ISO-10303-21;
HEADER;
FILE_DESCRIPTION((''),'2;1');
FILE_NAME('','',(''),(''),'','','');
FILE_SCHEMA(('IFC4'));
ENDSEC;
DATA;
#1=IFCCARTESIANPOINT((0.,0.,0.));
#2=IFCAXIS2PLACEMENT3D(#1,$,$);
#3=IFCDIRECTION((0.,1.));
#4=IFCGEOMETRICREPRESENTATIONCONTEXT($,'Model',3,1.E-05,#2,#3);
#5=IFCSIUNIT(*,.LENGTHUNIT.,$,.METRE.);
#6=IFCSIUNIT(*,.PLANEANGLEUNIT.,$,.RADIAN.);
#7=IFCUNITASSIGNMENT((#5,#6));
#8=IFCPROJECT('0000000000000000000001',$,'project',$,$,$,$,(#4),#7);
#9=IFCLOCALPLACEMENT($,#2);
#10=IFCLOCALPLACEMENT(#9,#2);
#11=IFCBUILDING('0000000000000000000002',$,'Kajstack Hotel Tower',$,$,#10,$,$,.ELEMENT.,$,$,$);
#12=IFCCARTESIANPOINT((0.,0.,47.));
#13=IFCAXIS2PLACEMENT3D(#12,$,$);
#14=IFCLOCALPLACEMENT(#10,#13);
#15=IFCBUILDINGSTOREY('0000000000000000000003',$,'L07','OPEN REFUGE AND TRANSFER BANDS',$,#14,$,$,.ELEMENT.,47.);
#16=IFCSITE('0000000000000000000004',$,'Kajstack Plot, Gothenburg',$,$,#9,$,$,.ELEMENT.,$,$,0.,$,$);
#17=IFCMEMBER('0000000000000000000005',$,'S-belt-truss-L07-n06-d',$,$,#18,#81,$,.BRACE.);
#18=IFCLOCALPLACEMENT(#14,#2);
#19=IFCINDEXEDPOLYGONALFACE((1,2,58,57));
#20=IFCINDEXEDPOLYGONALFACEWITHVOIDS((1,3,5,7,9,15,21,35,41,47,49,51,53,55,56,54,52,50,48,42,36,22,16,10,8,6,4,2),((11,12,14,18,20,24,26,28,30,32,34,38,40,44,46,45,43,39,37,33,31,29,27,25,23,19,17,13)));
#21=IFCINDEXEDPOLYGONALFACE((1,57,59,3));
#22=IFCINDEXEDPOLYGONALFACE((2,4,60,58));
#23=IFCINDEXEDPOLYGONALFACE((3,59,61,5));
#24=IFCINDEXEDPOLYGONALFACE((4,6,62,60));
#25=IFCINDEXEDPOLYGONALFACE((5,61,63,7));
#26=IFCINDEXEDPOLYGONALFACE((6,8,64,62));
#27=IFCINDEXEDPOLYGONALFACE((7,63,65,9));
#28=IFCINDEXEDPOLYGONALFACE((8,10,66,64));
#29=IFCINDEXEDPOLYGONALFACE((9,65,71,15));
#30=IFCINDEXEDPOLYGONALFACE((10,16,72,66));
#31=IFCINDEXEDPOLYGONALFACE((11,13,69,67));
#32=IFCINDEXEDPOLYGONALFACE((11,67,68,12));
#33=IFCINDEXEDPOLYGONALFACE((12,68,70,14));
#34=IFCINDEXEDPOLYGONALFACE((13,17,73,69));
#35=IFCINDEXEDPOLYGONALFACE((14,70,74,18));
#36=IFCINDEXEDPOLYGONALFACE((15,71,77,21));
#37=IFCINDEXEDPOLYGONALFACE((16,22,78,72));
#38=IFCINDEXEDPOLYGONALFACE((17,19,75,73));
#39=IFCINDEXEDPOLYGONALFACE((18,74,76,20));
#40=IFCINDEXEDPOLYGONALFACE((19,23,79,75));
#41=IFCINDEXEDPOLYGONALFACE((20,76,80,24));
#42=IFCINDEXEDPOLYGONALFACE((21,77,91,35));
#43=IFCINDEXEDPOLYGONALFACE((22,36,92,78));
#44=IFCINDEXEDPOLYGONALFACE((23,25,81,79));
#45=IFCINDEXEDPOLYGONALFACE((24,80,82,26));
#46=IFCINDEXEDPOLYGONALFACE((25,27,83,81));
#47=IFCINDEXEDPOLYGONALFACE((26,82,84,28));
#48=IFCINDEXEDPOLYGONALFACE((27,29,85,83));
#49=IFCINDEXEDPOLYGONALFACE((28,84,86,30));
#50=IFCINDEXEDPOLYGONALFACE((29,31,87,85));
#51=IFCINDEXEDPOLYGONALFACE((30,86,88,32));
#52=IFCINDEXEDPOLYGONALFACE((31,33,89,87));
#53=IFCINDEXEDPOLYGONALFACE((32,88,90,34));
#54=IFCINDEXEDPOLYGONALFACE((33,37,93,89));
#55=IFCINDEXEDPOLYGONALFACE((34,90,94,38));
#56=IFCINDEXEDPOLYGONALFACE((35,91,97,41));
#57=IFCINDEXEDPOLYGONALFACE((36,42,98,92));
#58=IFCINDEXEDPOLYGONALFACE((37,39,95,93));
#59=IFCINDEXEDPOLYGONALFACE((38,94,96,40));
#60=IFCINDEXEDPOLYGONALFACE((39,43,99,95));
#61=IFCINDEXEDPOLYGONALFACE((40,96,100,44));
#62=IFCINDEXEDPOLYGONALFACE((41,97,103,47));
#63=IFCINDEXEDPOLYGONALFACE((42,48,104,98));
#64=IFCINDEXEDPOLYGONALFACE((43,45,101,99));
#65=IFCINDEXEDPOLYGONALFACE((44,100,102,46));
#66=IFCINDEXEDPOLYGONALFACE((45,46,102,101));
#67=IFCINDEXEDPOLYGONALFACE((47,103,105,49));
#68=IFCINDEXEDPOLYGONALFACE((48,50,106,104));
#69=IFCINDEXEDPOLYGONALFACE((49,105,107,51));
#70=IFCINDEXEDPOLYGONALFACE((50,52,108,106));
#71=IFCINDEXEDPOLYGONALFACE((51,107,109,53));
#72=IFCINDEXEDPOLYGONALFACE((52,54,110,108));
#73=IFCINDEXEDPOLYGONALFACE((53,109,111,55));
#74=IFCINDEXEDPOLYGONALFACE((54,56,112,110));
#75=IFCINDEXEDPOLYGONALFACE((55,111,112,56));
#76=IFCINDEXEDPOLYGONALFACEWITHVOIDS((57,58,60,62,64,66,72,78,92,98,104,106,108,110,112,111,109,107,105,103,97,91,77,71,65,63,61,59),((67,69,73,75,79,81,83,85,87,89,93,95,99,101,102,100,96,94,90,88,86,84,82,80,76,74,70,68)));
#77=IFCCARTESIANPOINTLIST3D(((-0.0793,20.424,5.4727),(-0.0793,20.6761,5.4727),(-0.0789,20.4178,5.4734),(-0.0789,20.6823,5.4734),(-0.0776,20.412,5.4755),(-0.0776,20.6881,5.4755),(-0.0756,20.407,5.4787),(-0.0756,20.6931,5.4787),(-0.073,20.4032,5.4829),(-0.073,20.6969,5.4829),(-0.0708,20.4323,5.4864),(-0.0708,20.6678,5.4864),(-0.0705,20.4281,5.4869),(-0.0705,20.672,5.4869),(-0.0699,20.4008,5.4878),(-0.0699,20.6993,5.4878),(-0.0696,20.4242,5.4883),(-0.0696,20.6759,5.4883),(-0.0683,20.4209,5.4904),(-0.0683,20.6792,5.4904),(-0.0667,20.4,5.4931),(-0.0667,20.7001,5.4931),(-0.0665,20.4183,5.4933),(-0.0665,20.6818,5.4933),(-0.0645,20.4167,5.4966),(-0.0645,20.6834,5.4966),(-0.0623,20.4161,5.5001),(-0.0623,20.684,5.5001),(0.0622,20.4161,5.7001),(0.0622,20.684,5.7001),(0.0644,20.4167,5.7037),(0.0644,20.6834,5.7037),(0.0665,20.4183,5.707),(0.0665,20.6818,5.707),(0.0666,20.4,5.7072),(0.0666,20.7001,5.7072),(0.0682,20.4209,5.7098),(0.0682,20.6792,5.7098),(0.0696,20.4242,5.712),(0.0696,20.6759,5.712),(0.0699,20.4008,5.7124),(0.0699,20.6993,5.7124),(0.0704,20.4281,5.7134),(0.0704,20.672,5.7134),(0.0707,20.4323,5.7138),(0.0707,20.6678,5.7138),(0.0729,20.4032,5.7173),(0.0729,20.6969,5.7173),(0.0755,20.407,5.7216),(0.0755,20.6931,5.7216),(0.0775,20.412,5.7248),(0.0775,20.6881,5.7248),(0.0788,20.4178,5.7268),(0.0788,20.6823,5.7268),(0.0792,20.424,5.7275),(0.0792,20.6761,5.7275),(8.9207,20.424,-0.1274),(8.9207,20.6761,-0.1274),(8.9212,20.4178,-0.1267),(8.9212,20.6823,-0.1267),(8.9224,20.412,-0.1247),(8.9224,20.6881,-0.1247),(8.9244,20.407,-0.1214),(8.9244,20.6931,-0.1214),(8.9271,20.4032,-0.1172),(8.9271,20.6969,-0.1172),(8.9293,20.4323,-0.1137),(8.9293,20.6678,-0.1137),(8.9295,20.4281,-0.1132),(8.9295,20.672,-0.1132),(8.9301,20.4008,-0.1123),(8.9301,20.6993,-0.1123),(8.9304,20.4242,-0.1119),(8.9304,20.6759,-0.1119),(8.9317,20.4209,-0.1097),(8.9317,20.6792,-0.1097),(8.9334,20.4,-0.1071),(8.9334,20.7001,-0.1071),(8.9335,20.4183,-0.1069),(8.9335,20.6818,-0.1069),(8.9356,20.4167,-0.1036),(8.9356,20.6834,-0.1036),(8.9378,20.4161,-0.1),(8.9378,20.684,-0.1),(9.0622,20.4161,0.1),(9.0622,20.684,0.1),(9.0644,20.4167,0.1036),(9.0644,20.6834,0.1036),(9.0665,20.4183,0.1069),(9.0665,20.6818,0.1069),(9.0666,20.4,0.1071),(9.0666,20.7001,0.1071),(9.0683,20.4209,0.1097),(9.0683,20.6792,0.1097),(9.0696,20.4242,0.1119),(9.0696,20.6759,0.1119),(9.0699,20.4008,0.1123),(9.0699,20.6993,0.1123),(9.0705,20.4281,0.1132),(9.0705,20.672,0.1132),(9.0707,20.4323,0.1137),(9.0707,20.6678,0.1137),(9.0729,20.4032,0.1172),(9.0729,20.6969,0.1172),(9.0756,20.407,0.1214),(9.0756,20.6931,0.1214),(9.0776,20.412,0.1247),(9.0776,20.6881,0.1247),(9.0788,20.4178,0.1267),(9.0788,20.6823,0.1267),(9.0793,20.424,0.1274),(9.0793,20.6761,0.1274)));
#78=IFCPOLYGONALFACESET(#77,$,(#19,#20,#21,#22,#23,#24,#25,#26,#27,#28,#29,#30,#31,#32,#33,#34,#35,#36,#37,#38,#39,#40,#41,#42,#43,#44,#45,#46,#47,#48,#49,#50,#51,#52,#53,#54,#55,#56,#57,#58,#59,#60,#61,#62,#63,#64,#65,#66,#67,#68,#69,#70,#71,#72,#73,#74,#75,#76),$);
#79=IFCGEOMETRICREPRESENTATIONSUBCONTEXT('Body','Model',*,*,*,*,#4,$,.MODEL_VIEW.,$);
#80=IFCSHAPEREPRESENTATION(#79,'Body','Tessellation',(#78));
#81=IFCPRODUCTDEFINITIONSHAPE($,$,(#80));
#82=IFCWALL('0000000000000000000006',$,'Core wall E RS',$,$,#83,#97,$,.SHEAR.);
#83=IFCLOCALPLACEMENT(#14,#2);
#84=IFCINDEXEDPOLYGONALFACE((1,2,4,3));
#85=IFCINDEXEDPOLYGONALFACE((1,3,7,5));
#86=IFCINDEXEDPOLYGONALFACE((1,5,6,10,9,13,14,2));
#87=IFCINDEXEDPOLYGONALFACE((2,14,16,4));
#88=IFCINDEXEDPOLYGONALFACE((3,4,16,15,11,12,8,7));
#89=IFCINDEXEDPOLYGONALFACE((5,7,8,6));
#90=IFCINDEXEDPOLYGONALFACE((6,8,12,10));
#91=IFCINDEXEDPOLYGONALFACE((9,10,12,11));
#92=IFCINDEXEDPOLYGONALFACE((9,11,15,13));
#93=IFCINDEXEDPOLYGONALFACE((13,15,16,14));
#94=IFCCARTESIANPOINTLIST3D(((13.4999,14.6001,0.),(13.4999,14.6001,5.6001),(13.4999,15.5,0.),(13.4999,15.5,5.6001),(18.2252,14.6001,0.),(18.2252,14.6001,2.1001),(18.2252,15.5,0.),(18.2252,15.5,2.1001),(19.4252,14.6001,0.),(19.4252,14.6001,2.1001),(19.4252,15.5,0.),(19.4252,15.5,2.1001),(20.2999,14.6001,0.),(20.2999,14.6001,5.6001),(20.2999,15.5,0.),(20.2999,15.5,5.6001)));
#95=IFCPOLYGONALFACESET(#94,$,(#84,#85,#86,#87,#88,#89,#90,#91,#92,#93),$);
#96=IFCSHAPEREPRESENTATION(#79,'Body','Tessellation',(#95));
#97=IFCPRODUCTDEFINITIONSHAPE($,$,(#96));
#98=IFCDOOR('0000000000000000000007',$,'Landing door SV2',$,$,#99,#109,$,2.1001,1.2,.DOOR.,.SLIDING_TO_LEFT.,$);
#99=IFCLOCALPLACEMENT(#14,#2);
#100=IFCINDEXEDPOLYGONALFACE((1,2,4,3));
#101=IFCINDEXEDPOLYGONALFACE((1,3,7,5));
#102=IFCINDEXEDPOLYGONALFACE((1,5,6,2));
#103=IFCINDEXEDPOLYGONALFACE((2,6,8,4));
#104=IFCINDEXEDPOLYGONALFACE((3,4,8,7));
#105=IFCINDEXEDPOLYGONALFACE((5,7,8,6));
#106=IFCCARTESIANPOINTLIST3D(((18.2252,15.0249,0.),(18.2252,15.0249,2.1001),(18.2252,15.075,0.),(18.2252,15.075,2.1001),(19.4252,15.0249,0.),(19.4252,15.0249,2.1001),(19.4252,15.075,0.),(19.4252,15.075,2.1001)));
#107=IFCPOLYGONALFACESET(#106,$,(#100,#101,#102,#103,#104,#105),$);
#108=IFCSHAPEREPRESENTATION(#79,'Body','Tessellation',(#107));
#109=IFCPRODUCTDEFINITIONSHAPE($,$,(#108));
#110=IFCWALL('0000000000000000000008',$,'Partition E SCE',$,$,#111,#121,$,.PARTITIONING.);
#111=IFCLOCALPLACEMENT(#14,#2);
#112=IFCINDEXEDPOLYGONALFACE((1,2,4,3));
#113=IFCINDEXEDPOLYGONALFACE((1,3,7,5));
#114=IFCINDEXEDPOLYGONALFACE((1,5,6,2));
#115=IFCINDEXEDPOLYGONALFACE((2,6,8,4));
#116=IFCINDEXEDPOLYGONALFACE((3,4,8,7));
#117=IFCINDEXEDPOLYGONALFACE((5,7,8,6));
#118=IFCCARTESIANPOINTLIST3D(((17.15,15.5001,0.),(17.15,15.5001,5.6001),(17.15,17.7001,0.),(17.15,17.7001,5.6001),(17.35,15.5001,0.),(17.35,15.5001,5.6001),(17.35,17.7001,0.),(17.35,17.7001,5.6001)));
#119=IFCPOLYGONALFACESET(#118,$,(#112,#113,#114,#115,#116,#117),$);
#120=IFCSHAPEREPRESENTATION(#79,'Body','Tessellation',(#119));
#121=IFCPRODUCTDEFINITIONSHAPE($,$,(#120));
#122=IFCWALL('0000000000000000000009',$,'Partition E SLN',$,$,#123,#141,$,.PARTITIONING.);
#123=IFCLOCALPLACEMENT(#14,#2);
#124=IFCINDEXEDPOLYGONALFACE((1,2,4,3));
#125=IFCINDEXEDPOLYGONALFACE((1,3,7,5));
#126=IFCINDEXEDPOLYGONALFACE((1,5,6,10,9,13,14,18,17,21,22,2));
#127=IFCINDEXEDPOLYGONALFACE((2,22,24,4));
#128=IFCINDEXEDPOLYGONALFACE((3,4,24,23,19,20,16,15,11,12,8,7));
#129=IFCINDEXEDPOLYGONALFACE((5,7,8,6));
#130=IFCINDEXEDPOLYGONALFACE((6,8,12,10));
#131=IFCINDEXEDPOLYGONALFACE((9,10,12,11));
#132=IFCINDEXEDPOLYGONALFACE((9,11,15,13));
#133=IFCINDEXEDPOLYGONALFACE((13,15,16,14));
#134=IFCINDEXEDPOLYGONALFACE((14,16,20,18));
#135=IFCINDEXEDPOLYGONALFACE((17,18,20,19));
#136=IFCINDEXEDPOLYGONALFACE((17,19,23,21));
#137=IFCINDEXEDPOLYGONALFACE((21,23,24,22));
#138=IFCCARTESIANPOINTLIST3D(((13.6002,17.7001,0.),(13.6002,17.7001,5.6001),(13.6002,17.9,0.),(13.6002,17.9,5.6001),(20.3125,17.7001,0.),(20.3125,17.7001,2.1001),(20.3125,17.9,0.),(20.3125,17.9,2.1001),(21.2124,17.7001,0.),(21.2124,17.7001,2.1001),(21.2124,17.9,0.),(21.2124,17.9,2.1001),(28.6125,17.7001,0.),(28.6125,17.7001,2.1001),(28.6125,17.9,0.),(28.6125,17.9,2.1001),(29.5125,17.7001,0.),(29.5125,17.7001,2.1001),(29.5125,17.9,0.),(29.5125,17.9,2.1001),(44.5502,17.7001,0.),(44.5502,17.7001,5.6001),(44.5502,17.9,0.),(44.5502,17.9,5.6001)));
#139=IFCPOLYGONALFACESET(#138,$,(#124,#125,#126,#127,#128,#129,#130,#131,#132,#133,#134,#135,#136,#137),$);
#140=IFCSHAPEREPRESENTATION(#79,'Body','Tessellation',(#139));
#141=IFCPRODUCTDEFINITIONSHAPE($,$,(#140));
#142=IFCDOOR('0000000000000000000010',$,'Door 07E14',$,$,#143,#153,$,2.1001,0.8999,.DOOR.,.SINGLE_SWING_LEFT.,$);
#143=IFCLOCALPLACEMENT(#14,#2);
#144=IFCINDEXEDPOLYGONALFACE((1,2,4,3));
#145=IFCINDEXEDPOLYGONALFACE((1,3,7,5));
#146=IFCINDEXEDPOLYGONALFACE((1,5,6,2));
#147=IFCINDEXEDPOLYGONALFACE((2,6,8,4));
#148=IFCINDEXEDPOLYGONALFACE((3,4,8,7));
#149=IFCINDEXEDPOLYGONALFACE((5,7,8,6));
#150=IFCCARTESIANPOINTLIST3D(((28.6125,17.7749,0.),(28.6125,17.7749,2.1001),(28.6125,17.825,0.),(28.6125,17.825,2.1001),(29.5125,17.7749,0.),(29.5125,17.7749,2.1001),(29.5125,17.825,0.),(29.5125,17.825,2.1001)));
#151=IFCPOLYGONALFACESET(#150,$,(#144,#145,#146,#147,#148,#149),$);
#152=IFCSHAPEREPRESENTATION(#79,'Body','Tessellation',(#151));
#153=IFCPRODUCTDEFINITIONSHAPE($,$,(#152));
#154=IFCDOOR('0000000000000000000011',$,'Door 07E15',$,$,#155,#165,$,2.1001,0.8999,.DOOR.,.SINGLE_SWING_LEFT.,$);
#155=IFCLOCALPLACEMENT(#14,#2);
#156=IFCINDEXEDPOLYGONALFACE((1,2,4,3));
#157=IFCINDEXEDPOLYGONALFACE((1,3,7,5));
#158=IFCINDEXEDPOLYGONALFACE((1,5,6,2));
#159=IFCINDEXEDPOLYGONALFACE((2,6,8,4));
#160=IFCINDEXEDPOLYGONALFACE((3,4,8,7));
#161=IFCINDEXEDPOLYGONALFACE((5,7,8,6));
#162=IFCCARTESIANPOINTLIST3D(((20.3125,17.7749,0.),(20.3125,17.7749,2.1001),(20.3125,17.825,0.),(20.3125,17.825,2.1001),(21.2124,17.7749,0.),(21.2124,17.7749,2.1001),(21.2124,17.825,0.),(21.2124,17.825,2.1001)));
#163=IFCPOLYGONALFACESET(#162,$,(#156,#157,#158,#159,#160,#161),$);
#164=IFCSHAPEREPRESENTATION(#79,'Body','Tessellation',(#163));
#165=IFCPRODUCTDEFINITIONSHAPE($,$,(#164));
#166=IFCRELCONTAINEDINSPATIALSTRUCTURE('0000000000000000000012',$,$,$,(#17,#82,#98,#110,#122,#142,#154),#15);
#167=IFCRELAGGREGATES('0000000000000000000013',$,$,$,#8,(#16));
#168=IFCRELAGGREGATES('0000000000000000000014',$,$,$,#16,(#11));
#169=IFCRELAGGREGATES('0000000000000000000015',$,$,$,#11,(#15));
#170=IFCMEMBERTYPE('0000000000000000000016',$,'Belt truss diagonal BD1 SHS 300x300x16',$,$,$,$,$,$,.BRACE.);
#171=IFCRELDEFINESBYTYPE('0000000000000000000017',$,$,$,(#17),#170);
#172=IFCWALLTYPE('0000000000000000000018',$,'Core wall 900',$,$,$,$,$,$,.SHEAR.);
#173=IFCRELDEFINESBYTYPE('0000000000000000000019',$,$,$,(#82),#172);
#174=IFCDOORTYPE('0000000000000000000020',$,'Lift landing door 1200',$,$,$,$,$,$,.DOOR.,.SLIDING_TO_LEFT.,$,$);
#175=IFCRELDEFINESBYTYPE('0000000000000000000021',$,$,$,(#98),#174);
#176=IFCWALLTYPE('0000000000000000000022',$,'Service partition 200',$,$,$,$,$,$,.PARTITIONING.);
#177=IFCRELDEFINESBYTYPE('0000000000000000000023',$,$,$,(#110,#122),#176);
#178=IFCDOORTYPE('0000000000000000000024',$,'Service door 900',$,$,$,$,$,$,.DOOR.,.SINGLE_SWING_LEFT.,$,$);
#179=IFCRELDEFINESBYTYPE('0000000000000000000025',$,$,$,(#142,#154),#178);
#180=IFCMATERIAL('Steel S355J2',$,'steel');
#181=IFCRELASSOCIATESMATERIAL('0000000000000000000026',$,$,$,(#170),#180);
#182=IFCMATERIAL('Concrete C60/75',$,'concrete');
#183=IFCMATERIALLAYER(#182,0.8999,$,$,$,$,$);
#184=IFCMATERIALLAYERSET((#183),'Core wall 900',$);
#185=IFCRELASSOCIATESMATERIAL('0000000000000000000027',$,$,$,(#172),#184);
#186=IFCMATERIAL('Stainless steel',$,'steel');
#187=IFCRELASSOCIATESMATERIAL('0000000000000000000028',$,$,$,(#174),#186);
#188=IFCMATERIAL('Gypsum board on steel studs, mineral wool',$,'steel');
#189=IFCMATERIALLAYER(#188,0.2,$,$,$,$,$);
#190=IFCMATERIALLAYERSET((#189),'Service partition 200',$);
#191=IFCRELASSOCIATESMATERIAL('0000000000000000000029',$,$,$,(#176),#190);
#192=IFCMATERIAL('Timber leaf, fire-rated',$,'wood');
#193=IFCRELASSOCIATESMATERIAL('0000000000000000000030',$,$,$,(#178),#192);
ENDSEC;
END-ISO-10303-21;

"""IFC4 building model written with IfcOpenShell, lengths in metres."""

from ifc_helpers import new_model, si_unit, direction, frame, frame_2d, origin, origin_2d, place, context, subcontext, project, spatial, rectangle, hollow_rectangle, extrude, material, layer, layer_set, material_profile, profile_set, type_object, element, fill, save


model = new_model("IFC4")

# Units and contexts
model_context = context("Model", 3, precision=1e-05, world=origin(), true_north=direction((0.0, 1.0)))
body_context = subcontext(model_context, "Body", "Model", "MODEL_VIEW")
ifc_project = project(units=[si_unit("LENGTHUNIT", "METRE"), si_unit("PLANEANGLEUNIT", "RADIAN")], contexts=[model_context])

# Site, building, storey
site_placement = place(None, origin())
site = spatial("IfcSite", under=ifc_project, at=site_placement, Name="Kajstack Plot, Gothenburg", CompositionType="ELEMENT", RefElevation=0.0)
building_placement = place(site_placement, origin())
building = spatial("IfcBuilding", under=site, at=building_placement, Name="Kajstack Hotel Tower", CompositionType="ELEMENT")
storey_placement = place(building_placement, frame((0.0, 0.0, 47.0)))
storey = spatial("IfcBuildingStorey", under=building, at=storey_placement, Name="L07", Description="OPEN REFUGE AND TRANSFER BANDS", CompositionType="ELEMENT", Elevation=47.0)

# Member
ifc_material_1 = material(Name="Steel S355J2", Category="steel")
ifc_material_profile = material_profile(ifc_material_1, hollow_rectangle(XDim=0.3, YDim=0.3, WallThickness=0.0161, InnerFilletRadius=0.0161, OuterFilletRadius=0.0239, at=origin_2d()), Name="SHS 300x300x16")
ifc_profile_set = profile_set([ifc_material_profile], Name="Steel S355J2")
member_type = type_object("IfcMemberType", Name="Belt truss diagonal BD1 SHS 300x300x16", PredefinedType="BRACE", material=ifc_profile_set)
member_placement = place(storey_placement, frame((9.0, 20.55, 0.0), z_axis=(-0.849052, 0.0, 0.528309), x_axis=(0.0, -1.0, 0.0)))
element("IfcMember", 1, at=member_placement, inside=storey, type_object=member_type, Name="S-belt-truss-L07-n06-d", PredefinedType="BRACE", context=body_context, shape_type="SweptSolid", body=[
    extrude(hollow_rectangle(XDim=0.3, YDim=0.3, WallThickness=0.0161, InnerFilletRadius=0.0161, OuterFilletRadius=0.0239, at=origin_2d()), origin(), (0.0, 0.0, 1.0), 10.6001),
])

# Wall, opening, door
ifc_material_2 = material(Name="Concrete C60/75", Category="concrete")
ifc_layer_1 = layer(ifc_material_2, 0.8999)
ifc_layer_set_1 = layer_set([ifc_layer_1], Name="Core wall 900")
wall_type_1 = type_object("IfcWallType", Name="Core wall 900", PredefinedType="SHEAR", material=ifc_layer_set_1)
wall_1_placement = place(storey_placement, frame((13.5, 15.05, 0.0), z_axis=(0.0, 0.0, 1.0), x_axis=(1.0, 0.0, 0.0)))
wall_1 = element("IfcWall", 2, at=wall_1_placement, inside=storey, type_object=wall_type_1, Name="Core wall E RS", PredefinedType="SHEAR", context=body_context, shape_type="SweptSolid", body=[
    extrude(rectangle(XDim=6.8, YDim=0.8999, at=frame_2d((3.3999, 0.0))), origin(), (0.0, 0.0, 1.0), 5.6001),
])
opening_1_placement = place(wall_1_placement, frame((4.7251, 0.0, 0.0)))
opening_1 = element("IfcOpeningElement", 3, at=opening_1_placement, cuts=wall_1, PredefinedType="OPENING", context=body_context, shape_type="SweptSolid", body=[
    extrude(rectangle(XDim=1.2, YDim=2.1001, at=frame_2d((0.6001, 1.05))), frame((0.0, 0.46, 0.0), z_axis=(0.0, -1.0, 0.0), x_axis=(1.0, 0.0, 0.0)), (0.0, 0.0, 1.0), 0.9199),
])
ifc_material_3 = material(Name="Stainless steel", Category="steel")
door_type_1 = type_object("IfcDoorType", Name="Lift landing door 1200", OperationType="SLIDING_TO_LEFT", PredefinedType="DOOR", material=ifc_material_3)
door_1_placement = place(opening_1_placement, origin())
door_1 = element("IfcDoor", 4, at=door_1_placement, inside=storey, type_object=door_type_1, Name="Landing door SV2", OperationType="SLIDING_TO_LEFT", OverallHeight=2.1001, OverallWidth=1.2, PredefinedType="DOOR", context=body_context, shape_type="SweptSolid", body=[
    extrude(rectangle(XDim=1.2, YDim=2.1001, at=frame_2d((0.6001, 1.05))), frame((0.0, 0.0249, 0.0), z_axis=(0.0, -1.0, 0.0), x_axis=(1.0, 0.0, 0.0)), (0.0, 0.0, 1.0), 0.05),
])
fill(opening_1, door_1)

# Wall
ifc_material_4 = material(Name="Gypsum board on steel studs, mineral wool", Category="steel")
ifc_layer_2 = layer(ifc_material_4, 0.2)
ifc_layer_set_2 = layer_set([ifc_layer_2], Name="Service partition 200")
wall_type_2 = type_object("IfcWallType", Name="Service partition 200", PredefinedType="PARTITIONING", material=ifc_layer_set_2)
wall_2_placement = place(storey_placement, frame((17.25, 15.5, 0.0), z_axis=(0.0, 0.0, 1.0), x_axis=(0.0, 1.0, 0.0)))
element("IfcWall", 5, at=wall_2_placement, inside=storey, type_object=wall_type_2, Name="Partition E SCE", PredefinedType="PARTITIONING", context=body_context, shape_type="SweptSolid", body=[
    extrude(rectangle(XDim=2.2, YDim=0.2, at=frame_2d((1.1001, 0.0))), origin(), (0.0, 0.0, 1.0), 5.6001),
])

# Wall, openings, doors
wall_3_placement = place(storey_placement, frame((13.6001, 17.8, 0.0), z_axis=(0.0, 0.0, 1.0), x_axis=(1.0, 0.0, 0.0)))
wall_3 = element("IfcWall", 6, at=wall_3_placement, inside=storey, type_object=wall_type_2, Name="Partition E SLN", PredefinedType="PARTITIONING", context=body_context, shape_type="SweptSolid", body=[
    extrude(rectangle(XDim=30.95, YDim=0.2, at=frame_2d((15.4751, 0.0))), origin(), (0.0, 0.0, 1.0), 5.6001),
])
opening_2_placement = place(wall_3_placement, frame((15.0125, 0.0, 0.0)))
opening_2 = element("IfcOpeningElement", 7, at=opening_2_placement, cuts=wall_3, PredefinedType="OPENING", context=body_context, shape_type="SweptSolid", body=[
    extrude(rectangle(XDim=0.8999, YDim=2.1001, at=frame_2d((0.45, 1.05))), frame((0.0, 0.1099, 0.0), z_axis=(0.0, -1.0, 0.0), x_axis=(1.0, 0.0, 0.0)), (0.0, 0.0, 1.0), 0.22),
])
opening_3_placement = place(wall_3_placement, frame((6.7124, 0.0, 0.0)))
opening_3 = element("IfcOpeningElement", 8, at=opening_3_placement, cuts=wall_3, PredefinedType="OPENING", context=body_context, shape_type="SweptSolid", body=[
    extrude(rectangle(XDim=0.8999, YDim=2.1001, at=frame_2d((0.45, 1.05))), frame((0.0, 0.1099, 0.0), z_axis=(0.0, -1.0, 0.0), x_axis=(1.0, 0.0, 0.0)), (0.0, 0.0, 1.0), 0.22),
])
ifc_material_5 = material(Name="Timber leaf, fire-rated", Category="wood")
door_type_2 = type_object("IfcDoorType", Name="Service door 900", OperationType="SINGLE_SWING_LEFT", PredefinedType="DOOR", material=ifc_material_5)
door_2_placement = place(opening_2_placement, origin())
door_2 = element("IfcDoor", 9, at=door_2_placement, inside=storey, type_object=door_type_2, Name="Door 07E14", OperationType="SINGLE_SWING_LEFT", OverallHeight=2.1001, OverallWidth=0.8999, PredefinedType="DOOR", context=body_context, shape_type="SweptSolid", body=[
    extrude(rectangle(XDim=0.8999, YDim=2.1001, at=frame_2d((0.45, 1.05))), frame((0.0, 0.0249, 0.0), z_axis=(0.0, -1.0, 0.0), x_axis=(1.0, 0.0, 0.0)), (0.0, 0.0, 1.0), 0.05),
])
fill(opening_2, door_2)
door_3_placement = place(opening_3_placement, origin())
door_3 = element("IfcDoor", 10, at=door_3_placement, inside=storey, type_object=door_type_2, Name="Door 07E15", OperationType="SINGLE_SWING_LEFT", OverallHeight=2.1001, OverallWidth=0.8999, PredefinedType="DOOR", context=body_context, shape_type="SweptSolid", body=[
    extrude(rectangle(XDim=0.8999, YDim=2.1001, at=frame_2d((0.45, 1.05))), frame((0.0, 0.0249, 0.0), z_axis=(0.0, -1.0, 0.0), x_axis=(1.0, 0.0, 0.0)), (0.0, 0.0, 1.0), 0.05),
])
fill(opening_3, door_3)

save(model, "model.ifc")
